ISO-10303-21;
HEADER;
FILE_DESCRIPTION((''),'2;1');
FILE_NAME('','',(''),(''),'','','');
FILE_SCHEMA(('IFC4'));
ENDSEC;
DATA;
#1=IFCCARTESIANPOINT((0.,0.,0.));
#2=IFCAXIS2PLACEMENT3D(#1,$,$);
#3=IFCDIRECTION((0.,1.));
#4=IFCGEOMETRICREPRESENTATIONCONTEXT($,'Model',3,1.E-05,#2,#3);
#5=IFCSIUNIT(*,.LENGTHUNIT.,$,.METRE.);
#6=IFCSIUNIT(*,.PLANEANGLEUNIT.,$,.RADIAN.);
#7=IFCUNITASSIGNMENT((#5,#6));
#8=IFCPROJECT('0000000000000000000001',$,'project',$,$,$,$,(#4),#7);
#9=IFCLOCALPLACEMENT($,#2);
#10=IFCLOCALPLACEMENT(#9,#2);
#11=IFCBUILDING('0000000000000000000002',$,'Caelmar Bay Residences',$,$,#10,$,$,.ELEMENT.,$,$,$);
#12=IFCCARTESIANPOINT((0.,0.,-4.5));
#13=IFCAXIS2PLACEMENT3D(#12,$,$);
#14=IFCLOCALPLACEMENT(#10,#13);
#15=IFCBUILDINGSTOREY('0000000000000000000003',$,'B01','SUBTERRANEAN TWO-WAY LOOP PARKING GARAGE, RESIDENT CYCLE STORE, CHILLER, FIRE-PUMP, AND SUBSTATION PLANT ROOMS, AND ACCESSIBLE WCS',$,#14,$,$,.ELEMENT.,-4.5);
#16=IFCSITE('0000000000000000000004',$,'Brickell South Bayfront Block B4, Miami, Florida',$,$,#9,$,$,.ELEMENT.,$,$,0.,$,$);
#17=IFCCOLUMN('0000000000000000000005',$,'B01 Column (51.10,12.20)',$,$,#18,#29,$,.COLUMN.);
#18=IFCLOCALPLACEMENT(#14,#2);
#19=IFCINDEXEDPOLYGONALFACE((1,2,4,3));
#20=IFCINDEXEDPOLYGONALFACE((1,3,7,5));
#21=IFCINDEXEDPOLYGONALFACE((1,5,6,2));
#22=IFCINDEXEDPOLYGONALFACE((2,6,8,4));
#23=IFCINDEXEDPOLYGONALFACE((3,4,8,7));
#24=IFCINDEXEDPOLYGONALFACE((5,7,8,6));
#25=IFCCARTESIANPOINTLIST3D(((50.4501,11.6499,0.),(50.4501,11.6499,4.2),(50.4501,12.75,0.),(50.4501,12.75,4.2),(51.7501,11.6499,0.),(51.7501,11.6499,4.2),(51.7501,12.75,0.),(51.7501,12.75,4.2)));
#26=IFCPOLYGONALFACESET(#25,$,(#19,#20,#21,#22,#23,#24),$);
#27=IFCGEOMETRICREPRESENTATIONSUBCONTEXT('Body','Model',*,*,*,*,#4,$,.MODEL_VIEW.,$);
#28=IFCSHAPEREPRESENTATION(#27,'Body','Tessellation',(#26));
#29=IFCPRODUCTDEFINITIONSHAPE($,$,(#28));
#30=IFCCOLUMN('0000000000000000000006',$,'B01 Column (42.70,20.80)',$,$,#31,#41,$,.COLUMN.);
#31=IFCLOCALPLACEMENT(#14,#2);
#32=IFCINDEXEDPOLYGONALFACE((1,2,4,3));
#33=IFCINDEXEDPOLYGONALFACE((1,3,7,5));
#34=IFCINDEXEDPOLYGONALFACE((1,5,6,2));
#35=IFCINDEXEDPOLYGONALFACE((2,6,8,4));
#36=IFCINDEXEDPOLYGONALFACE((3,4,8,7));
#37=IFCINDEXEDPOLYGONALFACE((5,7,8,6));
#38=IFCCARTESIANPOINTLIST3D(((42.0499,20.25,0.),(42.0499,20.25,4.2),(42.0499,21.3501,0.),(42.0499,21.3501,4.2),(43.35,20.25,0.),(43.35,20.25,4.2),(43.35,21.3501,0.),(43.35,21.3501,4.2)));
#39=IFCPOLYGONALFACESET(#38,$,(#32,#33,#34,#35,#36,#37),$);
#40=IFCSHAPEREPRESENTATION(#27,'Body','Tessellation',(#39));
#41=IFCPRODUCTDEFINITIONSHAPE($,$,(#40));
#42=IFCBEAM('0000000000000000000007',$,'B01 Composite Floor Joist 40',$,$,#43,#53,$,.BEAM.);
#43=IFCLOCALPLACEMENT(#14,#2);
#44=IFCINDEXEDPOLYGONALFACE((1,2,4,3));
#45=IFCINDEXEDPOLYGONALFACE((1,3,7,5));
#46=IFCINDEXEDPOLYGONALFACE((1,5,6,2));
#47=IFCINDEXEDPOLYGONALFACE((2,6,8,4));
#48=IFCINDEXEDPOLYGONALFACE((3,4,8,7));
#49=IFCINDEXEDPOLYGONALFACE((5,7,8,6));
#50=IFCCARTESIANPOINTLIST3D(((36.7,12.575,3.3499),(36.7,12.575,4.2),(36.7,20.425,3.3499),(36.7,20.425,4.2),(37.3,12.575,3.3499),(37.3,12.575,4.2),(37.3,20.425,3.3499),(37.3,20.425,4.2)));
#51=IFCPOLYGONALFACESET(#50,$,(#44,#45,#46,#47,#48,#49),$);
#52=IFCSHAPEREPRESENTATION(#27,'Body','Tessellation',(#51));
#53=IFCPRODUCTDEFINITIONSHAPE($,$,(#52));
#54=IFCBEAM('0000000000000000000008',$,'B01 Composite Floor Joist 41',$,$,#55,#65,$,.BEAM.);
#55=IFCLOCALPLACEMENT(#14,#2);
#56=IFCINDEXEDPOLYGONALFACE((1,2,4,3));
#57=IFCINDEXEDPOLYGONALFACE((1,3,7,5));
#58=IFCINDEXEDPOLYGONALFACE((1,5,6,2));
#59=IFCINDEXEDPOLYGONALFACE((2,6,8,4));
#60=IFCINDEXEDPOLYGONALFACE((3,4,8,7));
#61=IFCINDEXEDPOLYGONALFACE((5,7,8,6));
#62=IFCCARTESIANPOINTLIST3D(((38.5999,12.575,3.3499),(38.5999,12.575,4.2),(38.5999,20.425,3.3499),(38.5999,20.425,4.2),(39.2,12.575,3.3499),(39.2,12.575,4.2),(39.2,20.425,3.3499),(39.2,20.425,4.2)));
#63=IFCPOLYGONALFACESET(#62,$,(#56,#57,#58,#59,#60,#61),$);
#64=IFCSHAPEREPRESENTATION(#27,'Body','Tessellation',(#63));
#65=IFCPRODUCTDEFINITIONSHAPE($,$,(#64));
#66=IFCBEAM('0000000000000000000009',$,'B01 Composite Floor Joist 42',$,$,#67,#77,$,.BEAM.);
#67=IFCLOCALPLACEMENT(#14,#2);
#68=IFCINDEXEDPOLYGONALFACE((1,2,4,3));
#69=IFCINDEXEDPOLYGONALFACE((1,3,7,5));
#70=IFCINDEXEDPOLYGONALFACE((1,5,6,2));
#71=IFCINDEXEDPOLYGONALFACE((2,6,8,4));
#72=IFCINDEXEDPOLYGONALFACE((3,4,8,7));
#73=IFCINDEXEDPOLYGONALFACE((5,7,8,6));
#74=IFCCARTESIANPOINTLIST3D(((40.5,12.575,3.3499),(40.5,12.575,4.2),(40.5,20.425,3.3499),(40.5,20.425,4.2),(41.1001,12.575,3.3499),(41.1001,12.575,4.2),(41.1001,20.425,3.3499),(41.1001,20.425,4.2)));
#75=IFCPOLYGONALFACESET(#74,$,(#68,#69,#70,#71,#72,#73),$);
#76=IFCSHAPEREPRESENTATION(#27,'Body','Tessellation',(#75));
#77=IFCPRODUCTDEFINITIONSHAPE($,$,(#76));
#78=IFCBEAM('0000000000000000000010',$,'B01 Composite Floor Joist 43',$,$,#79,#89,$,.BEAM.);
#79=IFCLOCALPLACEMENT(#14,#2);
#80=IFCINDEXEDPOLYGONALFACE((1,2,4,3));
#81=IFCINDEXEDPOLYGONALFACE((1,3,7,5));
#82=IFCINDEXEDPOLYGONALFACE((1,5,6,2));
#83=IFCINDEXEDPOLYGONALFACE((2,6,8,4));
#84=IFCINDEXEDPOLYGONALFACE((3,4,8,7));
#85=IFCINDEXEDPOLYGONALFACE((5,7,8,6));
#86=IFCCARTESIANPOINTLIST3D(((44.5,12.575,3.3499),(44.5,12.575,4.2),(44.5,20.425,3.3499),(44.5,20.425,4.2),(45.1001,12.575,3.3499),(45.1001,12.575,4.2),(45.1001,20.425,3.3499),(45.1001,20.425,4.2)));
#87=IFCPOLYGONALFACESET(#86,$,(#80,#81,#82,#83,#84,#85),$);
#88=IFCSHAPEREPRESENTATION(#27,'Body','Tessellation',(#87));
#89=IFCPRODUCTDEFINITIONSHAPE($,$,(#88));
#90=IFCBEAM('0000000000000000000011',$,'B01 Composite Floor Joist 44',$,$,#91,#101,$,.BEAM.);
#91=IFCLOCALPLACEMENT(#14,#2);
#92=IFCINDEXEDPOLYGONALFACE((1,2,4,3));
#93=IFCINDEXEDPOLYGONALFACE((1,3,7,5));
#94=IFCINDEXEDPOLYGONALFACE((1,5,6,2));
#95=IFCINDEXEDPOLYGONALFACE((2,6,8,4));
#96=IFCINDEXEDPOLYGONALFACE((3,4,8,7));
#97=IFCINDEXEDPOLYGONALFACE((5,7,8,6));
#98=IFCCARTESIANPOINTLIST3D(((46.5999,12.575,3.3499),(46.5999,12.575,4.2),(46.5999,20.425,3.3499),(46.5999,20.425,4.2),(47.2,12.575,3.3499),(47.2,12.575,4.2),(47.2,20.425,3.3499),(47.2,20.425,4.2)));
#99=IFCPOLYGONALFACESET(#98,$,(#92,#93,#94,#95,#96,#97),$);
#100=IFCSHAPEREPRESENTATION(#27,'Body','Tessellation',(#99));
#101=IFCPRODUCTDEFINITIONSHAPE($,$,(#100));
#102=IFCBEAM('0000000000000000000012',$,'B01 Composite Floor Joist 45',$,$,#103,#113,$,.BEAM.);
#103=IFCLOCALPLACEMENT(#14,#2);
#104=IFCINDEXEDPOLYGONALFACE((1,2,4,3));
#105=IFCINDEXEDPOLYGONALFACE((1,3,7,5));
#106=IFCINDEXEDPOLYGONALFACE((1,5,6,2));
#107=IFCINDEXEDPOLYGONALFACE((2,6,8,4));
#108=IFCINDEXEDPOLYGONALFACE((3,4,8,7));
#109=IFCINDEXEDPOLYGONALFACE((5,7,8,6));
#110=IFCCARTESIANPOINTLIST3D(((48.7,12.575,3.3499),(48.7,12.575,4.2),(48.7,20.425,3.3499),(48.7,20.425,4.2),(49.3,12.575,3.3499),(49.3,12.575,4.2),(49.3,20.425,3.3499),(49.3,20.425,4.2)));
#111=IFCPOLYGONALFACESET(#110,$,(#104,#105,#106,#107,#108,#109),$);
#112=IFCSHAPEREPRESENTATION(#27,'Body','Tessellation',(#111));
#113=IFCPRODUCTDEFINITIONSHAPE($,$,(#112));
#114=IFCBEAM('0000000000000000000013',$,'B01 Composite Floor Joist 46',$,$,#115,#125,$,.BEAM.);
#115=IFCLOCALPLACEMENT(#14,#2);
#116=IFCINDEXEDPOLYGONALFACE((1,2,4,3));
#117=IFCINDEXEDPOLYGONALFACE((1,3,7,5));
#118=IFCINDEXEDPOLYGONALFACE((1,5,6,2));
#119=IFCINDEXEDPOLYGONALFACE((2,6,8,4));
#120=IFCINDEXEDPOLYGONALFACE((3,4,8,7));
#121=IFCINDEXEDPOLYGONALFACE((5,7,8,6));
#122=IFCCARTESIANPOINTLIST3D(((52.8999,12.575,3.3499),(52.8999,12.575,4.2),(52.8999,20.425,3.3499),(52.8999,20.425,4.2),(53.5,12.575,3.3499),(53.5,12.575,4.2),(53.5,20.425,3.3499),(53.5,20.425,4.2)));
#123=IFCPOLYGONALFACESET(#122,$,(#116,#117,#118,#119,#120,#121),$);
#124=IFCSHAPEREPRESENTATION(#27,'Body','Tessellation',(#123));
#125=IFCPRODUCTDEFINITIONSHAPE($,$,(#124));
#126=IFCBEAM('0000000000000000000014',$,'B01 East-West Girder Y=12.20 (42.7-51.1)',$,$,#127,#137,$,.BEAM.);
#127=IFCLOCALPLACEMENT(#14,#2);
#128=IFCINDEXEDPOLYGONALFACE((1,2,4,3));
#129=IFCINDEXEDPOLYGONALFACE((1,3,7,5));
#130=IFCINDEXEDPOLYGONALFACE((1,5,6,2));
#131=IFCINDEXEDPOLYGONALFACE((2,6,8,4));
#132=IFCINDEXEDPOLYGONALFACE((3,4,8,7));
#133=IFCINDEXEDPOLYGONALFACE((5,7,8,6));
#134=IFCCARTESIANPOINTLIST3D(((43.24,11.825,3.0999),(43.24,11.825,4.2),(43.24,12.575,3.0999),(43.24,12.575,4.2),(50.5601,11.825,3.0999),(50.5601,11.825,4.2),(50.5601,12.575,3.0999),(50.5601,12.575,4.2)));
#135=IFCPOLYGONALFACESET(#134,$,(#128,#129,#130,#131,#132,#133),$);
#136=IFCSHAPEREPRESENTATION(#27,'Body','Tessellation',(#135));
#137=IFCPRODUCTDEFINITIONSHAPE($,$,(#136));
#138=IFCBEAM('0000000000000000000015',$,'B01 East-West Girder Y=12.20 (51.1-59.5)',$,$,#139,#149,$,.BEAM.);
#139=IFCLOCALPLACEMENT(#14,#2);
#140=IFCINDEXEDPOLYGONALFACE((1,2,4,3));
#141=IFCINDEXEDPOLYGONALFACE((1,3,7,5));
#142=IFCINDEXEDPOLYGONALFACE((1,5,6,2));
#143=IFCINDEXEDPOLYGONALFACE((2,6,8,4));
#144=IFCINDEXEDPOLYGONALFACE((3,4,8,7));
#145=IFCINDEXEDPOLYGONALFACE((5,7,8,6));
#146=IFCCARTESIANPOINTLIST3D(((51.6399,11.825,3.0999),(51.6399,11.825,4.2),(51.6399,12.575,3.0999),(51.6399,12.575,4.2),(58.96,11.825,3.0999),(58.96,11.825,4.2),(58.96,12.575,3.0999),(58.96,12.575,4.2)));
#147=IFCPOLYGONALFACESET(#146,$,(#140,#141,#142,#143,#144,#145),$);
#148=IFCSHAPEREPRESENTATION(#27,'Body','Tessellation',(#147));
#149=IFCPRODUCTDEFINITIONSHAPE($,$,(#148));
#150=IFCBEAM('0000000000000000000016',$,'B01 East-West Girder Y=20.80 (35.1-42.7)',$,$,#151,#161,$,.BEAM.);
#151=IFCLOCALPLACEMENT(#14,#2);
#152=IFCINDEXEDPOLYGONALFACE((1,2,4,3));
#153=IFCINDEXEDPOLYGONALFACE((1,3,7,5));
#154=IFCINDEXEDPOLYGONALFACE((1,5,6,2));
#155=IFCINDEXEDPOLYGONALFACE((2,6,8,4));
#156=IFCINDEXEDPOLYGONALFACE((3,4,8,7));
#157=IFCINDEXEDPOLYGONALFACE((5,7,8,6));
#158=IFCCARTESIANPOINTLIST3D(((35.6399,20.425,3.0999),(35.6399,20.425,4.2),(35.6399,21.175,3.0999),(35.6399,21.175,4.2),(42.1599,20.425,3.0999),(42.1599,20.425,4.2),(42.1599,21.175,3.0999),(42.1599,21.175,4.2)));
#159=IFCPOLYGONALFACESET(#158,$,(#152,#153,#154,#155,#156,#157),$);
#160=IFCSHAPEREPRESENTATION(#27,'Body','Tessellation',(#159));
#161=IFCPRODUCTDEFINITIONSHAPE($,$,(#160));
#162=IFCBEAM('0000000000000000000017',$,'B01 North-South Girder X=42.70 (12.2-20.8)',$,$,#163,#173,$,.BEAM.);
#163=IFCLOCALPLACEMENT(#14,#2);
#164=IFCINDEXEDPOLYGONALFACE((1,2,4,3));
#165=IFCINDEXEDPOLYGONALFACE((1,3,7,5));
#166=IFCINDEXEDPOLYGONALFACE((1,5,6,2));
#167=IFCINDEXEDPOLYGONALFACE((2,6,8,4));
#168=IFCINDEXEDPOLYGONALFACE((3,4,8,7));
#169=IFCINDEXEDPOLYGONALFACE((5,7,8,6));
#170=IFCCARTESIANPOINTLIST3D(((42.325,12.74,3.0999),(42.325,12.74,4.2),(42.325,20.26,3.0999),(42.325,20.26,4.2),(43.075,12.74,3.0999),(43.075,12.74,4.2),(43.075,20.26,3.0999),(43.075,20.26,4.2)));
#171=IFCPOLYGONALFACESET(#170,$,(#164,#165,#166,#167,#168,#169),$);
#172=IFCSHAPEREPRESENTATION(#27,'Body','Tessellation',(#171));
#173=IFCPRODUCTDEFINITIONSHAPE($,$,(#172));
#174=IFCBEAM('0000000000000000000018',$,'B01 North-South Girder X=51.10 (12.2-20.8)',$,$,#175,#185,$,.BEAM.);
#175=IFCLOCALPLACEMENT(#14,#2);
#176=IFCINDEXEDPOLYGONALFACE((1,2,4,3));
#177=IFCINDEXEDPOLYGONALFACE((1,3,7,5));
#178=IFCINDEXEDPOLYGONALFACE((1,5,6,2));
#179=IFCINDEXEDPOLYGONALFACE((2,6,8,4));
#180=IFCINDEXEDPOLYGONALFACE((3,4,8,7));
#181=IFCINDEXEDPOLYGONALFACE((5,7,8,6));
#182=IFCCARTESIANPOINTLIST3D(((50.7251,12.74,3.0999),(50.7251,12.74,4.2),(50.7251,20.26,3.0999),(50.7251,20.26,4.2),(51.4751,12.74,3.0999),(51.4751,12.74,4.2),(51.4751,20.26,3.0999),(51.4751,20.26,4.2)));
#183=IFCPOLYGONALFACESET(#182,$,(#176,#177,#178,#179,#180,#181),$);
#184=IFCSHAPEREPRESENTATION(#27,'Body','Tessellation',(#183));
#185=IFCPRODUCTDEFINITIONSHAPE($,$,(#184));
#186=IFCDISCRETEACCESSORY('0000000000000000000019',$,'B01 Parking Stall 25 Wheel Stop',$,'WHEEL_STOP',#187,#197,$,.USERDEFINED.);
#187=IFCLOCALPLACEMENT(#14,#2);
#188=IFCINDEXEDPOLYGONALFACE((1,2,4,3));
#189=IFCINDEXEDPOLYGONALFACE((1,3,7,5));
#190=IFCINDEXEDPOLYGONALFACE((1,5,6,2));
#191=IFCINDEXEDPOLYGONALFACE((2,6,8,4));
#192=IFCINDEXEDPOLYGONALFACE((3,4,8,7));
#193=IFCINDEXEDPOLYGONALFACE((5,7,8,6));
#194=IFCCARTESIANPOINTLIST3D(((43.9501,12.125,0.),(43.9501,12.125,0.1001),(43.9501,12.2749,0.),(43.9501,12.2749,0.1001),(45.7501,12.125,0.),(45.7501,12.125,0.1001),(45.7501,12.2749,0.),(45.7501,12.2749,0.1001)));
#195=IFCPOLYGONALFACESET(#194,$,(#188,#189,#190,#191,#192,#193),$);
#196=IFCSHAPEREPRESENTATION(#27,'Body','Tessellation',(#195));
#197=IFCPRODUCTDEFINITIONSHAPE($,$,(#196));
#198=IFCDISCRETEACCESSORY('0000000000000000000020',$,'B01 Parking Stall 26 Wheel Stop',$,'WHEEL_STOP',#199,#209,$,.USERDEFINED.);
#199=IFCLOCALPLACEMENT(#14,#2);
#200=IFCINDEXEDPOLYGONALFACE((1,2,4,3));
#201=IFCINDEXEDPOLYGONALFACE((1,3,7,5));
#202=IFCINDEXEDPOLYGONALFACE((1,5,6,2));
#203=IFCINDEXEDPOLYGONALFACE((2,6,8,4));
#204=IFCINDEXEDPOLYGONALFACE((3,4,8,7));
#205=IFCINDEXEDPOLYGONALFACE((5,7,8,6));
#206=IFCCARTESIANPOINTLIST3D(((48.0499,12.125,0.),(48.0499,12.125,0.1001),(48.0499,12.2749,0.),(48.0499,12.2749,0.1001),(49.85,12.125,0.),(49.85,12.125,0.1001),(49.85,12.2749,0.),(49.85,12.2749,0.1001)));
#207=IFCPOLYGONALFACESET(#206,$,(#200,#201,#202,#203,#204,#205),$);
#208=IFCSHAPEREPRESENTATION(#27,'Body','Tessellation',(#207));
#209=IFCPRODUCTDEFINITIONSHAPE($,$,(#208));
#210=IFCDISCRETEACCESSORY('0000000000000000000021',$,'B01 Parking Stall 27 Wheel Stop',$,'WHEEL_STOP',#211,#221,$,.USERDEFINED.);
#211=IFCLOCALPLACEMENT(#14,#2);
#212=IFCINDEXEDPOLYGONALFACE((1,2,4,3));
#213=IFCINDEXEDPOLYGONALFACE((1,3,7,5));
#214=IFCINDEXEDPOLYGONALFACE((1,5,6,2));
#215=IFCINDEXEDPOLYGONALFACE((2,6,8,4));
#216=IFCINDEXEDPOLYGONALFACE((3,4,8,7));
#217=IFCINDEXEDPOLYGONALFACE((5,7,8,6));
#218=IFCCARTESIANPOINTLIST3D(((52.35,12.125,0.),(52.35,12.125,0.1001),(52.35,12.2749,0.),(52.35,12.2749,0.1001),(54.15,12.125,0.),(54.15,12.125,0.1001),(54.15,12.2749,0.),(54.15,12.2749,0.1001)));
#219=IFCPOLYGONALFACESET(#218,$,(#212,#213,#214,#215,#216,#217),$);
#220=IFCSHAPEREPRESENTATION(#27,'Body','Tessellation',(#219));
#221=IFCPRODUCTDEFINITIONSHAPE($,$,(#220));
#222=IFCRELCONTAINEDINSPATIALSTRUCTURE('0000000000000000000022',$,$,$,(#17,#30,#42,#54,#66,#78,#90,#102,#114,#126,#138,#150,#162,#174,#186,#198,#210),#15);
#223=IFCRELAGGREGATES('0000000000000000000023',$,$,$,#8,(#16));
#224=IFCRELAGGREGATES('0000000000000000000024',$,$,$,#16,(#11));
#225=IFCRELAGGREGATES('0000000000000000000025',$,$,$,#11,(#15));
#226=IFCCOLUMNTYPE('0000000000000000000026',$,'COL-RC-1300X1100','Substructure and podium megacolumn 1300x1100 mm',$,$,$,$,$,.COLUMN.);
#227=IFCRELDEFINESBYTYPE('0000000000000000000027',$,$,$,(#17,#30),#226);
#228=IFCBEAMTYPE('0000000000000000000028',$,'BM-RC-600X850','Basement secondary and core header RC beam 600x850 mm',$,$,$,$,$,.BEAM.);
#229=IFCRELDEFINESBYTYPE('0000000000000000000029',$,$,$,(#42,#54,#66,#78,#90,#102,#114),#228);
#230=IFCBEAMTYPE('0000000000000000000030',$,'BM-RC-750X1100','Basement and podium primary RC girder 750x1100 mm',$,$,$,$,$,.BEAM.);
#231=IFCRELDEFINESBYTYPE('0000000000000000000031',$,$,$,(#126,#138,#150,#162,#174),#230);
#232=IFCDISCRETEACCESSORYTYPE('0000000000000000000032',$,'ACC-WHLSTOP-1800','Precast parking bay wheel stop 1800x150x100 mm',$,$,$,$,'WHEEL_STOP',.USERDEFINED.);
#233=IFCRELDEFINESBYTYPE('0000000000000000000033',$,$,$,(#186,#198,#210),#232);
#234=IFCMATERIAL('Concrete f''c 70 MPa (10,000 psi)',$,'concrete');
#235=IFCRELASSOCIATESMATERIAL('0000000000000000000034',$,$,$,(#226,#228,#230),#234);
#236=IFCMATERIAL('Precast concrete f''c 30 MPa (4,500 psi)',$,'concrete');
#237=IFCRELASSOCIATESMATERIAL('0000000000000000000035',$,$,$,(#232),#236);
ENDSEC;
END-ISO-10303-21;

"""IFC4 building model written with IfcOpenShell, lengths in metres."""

from ifc_helpers import new_model, si_unit, direction, frame, origin, origin_2d, place, context, subcontext, project, spatial, rectangle, extrude, material, material_profile, profile_set, type_object, element, save


model = new_model("IFC4")

# Units and contexts
model_context = context("Model", 3, precision=1e-05, world=origin(), true_north=direction((0.0, 1.0)))
body_context = subcontext(model_context, "Body", "Model", "MODEL_VIEW")
ifc_project = project(units=[si_unit("LENGTHUNIT", "METRE"), si_unit("PLANEANGLEUNIT", "RADIAN")], contexts=[model_context])

# Site, building, storey
site_placement = place(None, origin())
site = spatial("IfcSite", under=ifc_project, at=site_placement, Name="Brickell South Bayfront Block B4, Miami, Florida", CompositionType="ELEMENT", RefElevation=0.0)
building_placement = place(site_placement, origin())
building = spatial("IfcBuilding", under=site, at=building_placement, Name="Caelmar Bay Residences", CompositionType="ELEMENT")
storey_placement = place(building_placement, frame((0.0, 0.0, -4.5)))
storey = spatial("IfcBuildingStorey", under=building, at=storey_placement, Name="B01", Description="SUBTERRANEAN TWO-WAY LOOP PARKING GARAGE, RESIDENT CYCLE STORE, CHILLER, FIRE-PUMP, AND SUBSTATION PLANT ROOMS, AND ACCESSIBLE WCS", CompositionType="ELEMENT", Elevation=-4.5)

# Columns
ifc_material_1 = material(Name="Concrete f'c 70 MPa (10,000 psi)", Category="concrete")
ifc_material_profile_1 = material_profile(ifc_material_1, rectangle(XDim=1.3, YDim=1.1001, at=origin_2d()), Name="RC-COL-1300X1100")
ifc_profile_set_1 = profile_set([ifc_material_profile_1], Name="Concrete f'c 70 MPa (10,000 psi)")
column_type = type_object("IfcColumnType", Name="COL-RC-1300X1100", Description="Substructure and podium megacolumn 1300x1100 mm", PredefinedType="COLUMN", material=ifc_profile_set_1)
for number, where, z_axis, x_axis, name in (
    (1, (51.1001, 12.2, 0.0), (0.0, 0.0, 1.0), (1.0, 0.0, 0.0), "B01 Column (51.10,12.20)"),
    (2, (42.7, 20.8, 0.0), (0.0, 0.0, 1.0), (1.0, 0.0, 0.0), "B01 Column (42.70,20.80)"),
):
    element("IfcColumn", number, at=place(storey_placement, frame(where, z_axis=z_axis, x_axis=x_axis)), inside=storey, type_object=column_type, Name=name, PredefinedType="COLUMN", context=body_context, shape_type="SweptSolid", body=[
        extrude(rectangle(XDim=1.3, YDim=1.1001, at=origin_2d()), origin(), (0.0, 0.0, 1.0), 4.2),
    ])

# Beams
ifc_material_profile_2 = material_profile(ifc_material_1, rectangle(XDim=0.6001, YDim=0.8501, at=origin_2d()), Name="RC-BM-600X850")
ifc_profile_set_2 = profile_set([ifc_material_profile_2], Name="Concrete f'c 70 MPa (10,000 psi)")
beam_type_1 = type_object("IfcBeamType", Name="BM-RC-600X850", Description="Basement secondary and core header RC beam 600x850 mm", PredefinedType="BEAM", material=ifc_profile_set_2)
for number, where, z_axis, x_axis, name in (
    (3, (37.0, 12.575, 3.7749), (0.0, 1.0, 0.0), (-1.0, 0.0, 0.0), "B01 Composite Floor Joist 40"),
    (4, (38.8999, 12.575, 3.7749), (0.0, 1.0, 0.0), (-1.0, 0.0, 0.0), "B01 Composite Floor Joist 41"),
    (5, (40.8, 12.575, 3.7749), (0.0, 1.0, 0.0), (-1.0, 0.0, 0.0), "B01 Composite Floor Joist 42"),
    (6, (44.8, 12.575, 3.7749), (0.0, 1.0, 0.0), (-1.0, 0.0, 0.0), "B01 Composite Floor Joist 43"),
    (7, (46.8999, 12.575, 3.7749), (0.0, 1.0, 0.0), (-1.0, 0.0, 0.0), "B01 Composite Floor Joist 44"),
    (8, (49.0, 12.575, 3.7749), (0.0, 1.0, 0.0), (-1.0, 0.0, 0.0), "B01 Composite Floor Joist 45"),
    (9, (53.2, 12.575, 3.7749), (0.0, 1.0, 0.0), (-1.0, 0.0, 0.0), "B01 Composite Floor Joist 46"),
):
    element("IfcBeam", number, at=place(storey_placement, frame(where, z_axis=z_axis, x_axis=x_axis)), inside=storey, type_object=beam_type_1, Name=name, PredefinedType="BEAM", context=body_context, shape_type="SweptSolid", body=[
        extrude(rectangle(XDim=0.6001, YDim=0.8501, at=origin_2d()), origin(), (0.0, 0.0, 1.0), 7.8501),
    ])
ifc_material_profile_3 = material_profile(ifc_material_1, rectangle(XDim=0.75, YDim=1.1001, at=origin_2d()), Name="RC-BM-750X1100")
ifc_profile_set_3 = profile_set([ifc_material_profile_3], Name="Concrete f'c 70 MPa (10,000 psi)")
beam_type_2 = type_object("IfcBeamType", Name="BM-RC-750X1100", Description="Basement and podium primary RC girder 750x1100 mm", PredefinedType="BEAM", material=ifc_profile_set_3)
for number, where, z_axis, x_axis, name in (
    (10, (43.24, 12.2, 3.6499), (1.0, 0.0, 0.0), (0.0, 1.0, 0.0), "B01 East-West Girder Y=12.20 (42.7-51.1)"),
    (11, (51.6399, 12.2, 3.6499), (1.0, 0.0, 0.0), (0.0, 1.0, 0.0), "B01 East-West Girder Y=12.20 (51.1-59.5)"),
):
    element("IfcBeam", number, at=place(storey_placement, frame(where, z_axis=z_axis, x_axis=x_axis)), inside=storey, type_object=beam_type_2, Name=name, PredefinedType="BEAM", context=body_context, shape_type="SweptSolid", body=[
        extrude(rectangle(XDim=0.75, YDim=1.1001, at=origin_2d()), origin(), (0.0, 0.0, 1.0), 7.3201),
    ])
beam_placement = place(storey_placement, frame((35.6399, 20.8, 3.6499), z_axis=(1.0, 0.0, 0.0), x_axis=(0.0, 1.0, 0.0)))
element("IfcBeam", 12, at=beam_placement, inside=storey, type_object=beam_type_2, Name="B01 East-West Girder Y=20.80 (35.1-42.7)", PredefinedType="BEAM", context=body_context, shape_type="SweptSolid", body=[
    extrude(rectangle(XDim=0.75, YDim=1.1001, at=origin_2d()), origin(), (0.0, 0.0, 1.0), 6.52),
])
for number, where, z_axis, x_axis, name in (
    (13, (42.7, 12.74, 3.6499), (0.0, 1.0, 0.0), (-1.0, 0.0, 0.0), "B01 North-South Girder X=42.70 (12.2-20.8)"),
    (14, (51.1001, 12.74, 3.6499), (0.0, 1.0, 0.0), (-1.0, 0.0, 0.0), "B01 North-South Girder X=51.10 (12.2-20.8)"),
):
    element("IfcBeam", number, at=place(storey_placement, frame(where, z_axis=z_axis, x_axis=x_axis)), inside=storey, type_object=beam_type_2, Name=name, PredefinedType="BEAM", context=body_context, shape_type="SweptSolid", body=[
        extrude(rectangle(XDim=0.75, YDim=1.1001, at=origin_2d()), origin(), (0.0, 0.0, 1.0), 7.52),
    ])

# Discrete accessories
ifc_material_2 = material(Name="Precast concrete f'c 30 MPa (4,500 psi)", Category="concrete")
discrete_accessory_type = type_object("IfcDiscreteAccessoryType", Name="ACC-WHLSTOP-1800", Description="Precast parking bay wheel stop 1800x150x100 mm", ElementType="WHEEL_STOP", PredefinedType="USERDEFINED", material=ifc_material_2)
for number, where, z_axis, x_axis, name in (
    (15, (44.8501, 12.2, 0.0), (0.0, 0.0, 1.0), (1.0, 0.0, 0.0), "B01 Parking Stall 25 Wheel Stop"),
    (16, (48.95, 12.2, 0.0), (0.0, 0.0, 1.0), (1.0, 0.0, 0.0), "B01 Parking Stall 26 Wheel Stop"),
    (17, (53.25, 12.2, 0.0), (0.0, 0.0, 1.0), (1.0, 0.0, 0.0), "B01 Parking Stall 27 Wheel Stop"),
):
    element("IfcDiscreteAccessory", number, at=place(storey_placement, frame(where, z_axis=z_axis, x_axis=x_axis)), inside=storey, type_object=discrete_accessory_type, Name=name, ObjectType="WHEEL_STOP", PredefinedType="USERDEFINED", context=body_context, shape_type="SweptSolid", body=[
        extrude(rectangle(XDim=1.8, YDim=0.1499, at=origin_2d()), origin(), (0.0, 0.0, 1.0), 0.1001),
    ])

save(model, "model.ifc")
